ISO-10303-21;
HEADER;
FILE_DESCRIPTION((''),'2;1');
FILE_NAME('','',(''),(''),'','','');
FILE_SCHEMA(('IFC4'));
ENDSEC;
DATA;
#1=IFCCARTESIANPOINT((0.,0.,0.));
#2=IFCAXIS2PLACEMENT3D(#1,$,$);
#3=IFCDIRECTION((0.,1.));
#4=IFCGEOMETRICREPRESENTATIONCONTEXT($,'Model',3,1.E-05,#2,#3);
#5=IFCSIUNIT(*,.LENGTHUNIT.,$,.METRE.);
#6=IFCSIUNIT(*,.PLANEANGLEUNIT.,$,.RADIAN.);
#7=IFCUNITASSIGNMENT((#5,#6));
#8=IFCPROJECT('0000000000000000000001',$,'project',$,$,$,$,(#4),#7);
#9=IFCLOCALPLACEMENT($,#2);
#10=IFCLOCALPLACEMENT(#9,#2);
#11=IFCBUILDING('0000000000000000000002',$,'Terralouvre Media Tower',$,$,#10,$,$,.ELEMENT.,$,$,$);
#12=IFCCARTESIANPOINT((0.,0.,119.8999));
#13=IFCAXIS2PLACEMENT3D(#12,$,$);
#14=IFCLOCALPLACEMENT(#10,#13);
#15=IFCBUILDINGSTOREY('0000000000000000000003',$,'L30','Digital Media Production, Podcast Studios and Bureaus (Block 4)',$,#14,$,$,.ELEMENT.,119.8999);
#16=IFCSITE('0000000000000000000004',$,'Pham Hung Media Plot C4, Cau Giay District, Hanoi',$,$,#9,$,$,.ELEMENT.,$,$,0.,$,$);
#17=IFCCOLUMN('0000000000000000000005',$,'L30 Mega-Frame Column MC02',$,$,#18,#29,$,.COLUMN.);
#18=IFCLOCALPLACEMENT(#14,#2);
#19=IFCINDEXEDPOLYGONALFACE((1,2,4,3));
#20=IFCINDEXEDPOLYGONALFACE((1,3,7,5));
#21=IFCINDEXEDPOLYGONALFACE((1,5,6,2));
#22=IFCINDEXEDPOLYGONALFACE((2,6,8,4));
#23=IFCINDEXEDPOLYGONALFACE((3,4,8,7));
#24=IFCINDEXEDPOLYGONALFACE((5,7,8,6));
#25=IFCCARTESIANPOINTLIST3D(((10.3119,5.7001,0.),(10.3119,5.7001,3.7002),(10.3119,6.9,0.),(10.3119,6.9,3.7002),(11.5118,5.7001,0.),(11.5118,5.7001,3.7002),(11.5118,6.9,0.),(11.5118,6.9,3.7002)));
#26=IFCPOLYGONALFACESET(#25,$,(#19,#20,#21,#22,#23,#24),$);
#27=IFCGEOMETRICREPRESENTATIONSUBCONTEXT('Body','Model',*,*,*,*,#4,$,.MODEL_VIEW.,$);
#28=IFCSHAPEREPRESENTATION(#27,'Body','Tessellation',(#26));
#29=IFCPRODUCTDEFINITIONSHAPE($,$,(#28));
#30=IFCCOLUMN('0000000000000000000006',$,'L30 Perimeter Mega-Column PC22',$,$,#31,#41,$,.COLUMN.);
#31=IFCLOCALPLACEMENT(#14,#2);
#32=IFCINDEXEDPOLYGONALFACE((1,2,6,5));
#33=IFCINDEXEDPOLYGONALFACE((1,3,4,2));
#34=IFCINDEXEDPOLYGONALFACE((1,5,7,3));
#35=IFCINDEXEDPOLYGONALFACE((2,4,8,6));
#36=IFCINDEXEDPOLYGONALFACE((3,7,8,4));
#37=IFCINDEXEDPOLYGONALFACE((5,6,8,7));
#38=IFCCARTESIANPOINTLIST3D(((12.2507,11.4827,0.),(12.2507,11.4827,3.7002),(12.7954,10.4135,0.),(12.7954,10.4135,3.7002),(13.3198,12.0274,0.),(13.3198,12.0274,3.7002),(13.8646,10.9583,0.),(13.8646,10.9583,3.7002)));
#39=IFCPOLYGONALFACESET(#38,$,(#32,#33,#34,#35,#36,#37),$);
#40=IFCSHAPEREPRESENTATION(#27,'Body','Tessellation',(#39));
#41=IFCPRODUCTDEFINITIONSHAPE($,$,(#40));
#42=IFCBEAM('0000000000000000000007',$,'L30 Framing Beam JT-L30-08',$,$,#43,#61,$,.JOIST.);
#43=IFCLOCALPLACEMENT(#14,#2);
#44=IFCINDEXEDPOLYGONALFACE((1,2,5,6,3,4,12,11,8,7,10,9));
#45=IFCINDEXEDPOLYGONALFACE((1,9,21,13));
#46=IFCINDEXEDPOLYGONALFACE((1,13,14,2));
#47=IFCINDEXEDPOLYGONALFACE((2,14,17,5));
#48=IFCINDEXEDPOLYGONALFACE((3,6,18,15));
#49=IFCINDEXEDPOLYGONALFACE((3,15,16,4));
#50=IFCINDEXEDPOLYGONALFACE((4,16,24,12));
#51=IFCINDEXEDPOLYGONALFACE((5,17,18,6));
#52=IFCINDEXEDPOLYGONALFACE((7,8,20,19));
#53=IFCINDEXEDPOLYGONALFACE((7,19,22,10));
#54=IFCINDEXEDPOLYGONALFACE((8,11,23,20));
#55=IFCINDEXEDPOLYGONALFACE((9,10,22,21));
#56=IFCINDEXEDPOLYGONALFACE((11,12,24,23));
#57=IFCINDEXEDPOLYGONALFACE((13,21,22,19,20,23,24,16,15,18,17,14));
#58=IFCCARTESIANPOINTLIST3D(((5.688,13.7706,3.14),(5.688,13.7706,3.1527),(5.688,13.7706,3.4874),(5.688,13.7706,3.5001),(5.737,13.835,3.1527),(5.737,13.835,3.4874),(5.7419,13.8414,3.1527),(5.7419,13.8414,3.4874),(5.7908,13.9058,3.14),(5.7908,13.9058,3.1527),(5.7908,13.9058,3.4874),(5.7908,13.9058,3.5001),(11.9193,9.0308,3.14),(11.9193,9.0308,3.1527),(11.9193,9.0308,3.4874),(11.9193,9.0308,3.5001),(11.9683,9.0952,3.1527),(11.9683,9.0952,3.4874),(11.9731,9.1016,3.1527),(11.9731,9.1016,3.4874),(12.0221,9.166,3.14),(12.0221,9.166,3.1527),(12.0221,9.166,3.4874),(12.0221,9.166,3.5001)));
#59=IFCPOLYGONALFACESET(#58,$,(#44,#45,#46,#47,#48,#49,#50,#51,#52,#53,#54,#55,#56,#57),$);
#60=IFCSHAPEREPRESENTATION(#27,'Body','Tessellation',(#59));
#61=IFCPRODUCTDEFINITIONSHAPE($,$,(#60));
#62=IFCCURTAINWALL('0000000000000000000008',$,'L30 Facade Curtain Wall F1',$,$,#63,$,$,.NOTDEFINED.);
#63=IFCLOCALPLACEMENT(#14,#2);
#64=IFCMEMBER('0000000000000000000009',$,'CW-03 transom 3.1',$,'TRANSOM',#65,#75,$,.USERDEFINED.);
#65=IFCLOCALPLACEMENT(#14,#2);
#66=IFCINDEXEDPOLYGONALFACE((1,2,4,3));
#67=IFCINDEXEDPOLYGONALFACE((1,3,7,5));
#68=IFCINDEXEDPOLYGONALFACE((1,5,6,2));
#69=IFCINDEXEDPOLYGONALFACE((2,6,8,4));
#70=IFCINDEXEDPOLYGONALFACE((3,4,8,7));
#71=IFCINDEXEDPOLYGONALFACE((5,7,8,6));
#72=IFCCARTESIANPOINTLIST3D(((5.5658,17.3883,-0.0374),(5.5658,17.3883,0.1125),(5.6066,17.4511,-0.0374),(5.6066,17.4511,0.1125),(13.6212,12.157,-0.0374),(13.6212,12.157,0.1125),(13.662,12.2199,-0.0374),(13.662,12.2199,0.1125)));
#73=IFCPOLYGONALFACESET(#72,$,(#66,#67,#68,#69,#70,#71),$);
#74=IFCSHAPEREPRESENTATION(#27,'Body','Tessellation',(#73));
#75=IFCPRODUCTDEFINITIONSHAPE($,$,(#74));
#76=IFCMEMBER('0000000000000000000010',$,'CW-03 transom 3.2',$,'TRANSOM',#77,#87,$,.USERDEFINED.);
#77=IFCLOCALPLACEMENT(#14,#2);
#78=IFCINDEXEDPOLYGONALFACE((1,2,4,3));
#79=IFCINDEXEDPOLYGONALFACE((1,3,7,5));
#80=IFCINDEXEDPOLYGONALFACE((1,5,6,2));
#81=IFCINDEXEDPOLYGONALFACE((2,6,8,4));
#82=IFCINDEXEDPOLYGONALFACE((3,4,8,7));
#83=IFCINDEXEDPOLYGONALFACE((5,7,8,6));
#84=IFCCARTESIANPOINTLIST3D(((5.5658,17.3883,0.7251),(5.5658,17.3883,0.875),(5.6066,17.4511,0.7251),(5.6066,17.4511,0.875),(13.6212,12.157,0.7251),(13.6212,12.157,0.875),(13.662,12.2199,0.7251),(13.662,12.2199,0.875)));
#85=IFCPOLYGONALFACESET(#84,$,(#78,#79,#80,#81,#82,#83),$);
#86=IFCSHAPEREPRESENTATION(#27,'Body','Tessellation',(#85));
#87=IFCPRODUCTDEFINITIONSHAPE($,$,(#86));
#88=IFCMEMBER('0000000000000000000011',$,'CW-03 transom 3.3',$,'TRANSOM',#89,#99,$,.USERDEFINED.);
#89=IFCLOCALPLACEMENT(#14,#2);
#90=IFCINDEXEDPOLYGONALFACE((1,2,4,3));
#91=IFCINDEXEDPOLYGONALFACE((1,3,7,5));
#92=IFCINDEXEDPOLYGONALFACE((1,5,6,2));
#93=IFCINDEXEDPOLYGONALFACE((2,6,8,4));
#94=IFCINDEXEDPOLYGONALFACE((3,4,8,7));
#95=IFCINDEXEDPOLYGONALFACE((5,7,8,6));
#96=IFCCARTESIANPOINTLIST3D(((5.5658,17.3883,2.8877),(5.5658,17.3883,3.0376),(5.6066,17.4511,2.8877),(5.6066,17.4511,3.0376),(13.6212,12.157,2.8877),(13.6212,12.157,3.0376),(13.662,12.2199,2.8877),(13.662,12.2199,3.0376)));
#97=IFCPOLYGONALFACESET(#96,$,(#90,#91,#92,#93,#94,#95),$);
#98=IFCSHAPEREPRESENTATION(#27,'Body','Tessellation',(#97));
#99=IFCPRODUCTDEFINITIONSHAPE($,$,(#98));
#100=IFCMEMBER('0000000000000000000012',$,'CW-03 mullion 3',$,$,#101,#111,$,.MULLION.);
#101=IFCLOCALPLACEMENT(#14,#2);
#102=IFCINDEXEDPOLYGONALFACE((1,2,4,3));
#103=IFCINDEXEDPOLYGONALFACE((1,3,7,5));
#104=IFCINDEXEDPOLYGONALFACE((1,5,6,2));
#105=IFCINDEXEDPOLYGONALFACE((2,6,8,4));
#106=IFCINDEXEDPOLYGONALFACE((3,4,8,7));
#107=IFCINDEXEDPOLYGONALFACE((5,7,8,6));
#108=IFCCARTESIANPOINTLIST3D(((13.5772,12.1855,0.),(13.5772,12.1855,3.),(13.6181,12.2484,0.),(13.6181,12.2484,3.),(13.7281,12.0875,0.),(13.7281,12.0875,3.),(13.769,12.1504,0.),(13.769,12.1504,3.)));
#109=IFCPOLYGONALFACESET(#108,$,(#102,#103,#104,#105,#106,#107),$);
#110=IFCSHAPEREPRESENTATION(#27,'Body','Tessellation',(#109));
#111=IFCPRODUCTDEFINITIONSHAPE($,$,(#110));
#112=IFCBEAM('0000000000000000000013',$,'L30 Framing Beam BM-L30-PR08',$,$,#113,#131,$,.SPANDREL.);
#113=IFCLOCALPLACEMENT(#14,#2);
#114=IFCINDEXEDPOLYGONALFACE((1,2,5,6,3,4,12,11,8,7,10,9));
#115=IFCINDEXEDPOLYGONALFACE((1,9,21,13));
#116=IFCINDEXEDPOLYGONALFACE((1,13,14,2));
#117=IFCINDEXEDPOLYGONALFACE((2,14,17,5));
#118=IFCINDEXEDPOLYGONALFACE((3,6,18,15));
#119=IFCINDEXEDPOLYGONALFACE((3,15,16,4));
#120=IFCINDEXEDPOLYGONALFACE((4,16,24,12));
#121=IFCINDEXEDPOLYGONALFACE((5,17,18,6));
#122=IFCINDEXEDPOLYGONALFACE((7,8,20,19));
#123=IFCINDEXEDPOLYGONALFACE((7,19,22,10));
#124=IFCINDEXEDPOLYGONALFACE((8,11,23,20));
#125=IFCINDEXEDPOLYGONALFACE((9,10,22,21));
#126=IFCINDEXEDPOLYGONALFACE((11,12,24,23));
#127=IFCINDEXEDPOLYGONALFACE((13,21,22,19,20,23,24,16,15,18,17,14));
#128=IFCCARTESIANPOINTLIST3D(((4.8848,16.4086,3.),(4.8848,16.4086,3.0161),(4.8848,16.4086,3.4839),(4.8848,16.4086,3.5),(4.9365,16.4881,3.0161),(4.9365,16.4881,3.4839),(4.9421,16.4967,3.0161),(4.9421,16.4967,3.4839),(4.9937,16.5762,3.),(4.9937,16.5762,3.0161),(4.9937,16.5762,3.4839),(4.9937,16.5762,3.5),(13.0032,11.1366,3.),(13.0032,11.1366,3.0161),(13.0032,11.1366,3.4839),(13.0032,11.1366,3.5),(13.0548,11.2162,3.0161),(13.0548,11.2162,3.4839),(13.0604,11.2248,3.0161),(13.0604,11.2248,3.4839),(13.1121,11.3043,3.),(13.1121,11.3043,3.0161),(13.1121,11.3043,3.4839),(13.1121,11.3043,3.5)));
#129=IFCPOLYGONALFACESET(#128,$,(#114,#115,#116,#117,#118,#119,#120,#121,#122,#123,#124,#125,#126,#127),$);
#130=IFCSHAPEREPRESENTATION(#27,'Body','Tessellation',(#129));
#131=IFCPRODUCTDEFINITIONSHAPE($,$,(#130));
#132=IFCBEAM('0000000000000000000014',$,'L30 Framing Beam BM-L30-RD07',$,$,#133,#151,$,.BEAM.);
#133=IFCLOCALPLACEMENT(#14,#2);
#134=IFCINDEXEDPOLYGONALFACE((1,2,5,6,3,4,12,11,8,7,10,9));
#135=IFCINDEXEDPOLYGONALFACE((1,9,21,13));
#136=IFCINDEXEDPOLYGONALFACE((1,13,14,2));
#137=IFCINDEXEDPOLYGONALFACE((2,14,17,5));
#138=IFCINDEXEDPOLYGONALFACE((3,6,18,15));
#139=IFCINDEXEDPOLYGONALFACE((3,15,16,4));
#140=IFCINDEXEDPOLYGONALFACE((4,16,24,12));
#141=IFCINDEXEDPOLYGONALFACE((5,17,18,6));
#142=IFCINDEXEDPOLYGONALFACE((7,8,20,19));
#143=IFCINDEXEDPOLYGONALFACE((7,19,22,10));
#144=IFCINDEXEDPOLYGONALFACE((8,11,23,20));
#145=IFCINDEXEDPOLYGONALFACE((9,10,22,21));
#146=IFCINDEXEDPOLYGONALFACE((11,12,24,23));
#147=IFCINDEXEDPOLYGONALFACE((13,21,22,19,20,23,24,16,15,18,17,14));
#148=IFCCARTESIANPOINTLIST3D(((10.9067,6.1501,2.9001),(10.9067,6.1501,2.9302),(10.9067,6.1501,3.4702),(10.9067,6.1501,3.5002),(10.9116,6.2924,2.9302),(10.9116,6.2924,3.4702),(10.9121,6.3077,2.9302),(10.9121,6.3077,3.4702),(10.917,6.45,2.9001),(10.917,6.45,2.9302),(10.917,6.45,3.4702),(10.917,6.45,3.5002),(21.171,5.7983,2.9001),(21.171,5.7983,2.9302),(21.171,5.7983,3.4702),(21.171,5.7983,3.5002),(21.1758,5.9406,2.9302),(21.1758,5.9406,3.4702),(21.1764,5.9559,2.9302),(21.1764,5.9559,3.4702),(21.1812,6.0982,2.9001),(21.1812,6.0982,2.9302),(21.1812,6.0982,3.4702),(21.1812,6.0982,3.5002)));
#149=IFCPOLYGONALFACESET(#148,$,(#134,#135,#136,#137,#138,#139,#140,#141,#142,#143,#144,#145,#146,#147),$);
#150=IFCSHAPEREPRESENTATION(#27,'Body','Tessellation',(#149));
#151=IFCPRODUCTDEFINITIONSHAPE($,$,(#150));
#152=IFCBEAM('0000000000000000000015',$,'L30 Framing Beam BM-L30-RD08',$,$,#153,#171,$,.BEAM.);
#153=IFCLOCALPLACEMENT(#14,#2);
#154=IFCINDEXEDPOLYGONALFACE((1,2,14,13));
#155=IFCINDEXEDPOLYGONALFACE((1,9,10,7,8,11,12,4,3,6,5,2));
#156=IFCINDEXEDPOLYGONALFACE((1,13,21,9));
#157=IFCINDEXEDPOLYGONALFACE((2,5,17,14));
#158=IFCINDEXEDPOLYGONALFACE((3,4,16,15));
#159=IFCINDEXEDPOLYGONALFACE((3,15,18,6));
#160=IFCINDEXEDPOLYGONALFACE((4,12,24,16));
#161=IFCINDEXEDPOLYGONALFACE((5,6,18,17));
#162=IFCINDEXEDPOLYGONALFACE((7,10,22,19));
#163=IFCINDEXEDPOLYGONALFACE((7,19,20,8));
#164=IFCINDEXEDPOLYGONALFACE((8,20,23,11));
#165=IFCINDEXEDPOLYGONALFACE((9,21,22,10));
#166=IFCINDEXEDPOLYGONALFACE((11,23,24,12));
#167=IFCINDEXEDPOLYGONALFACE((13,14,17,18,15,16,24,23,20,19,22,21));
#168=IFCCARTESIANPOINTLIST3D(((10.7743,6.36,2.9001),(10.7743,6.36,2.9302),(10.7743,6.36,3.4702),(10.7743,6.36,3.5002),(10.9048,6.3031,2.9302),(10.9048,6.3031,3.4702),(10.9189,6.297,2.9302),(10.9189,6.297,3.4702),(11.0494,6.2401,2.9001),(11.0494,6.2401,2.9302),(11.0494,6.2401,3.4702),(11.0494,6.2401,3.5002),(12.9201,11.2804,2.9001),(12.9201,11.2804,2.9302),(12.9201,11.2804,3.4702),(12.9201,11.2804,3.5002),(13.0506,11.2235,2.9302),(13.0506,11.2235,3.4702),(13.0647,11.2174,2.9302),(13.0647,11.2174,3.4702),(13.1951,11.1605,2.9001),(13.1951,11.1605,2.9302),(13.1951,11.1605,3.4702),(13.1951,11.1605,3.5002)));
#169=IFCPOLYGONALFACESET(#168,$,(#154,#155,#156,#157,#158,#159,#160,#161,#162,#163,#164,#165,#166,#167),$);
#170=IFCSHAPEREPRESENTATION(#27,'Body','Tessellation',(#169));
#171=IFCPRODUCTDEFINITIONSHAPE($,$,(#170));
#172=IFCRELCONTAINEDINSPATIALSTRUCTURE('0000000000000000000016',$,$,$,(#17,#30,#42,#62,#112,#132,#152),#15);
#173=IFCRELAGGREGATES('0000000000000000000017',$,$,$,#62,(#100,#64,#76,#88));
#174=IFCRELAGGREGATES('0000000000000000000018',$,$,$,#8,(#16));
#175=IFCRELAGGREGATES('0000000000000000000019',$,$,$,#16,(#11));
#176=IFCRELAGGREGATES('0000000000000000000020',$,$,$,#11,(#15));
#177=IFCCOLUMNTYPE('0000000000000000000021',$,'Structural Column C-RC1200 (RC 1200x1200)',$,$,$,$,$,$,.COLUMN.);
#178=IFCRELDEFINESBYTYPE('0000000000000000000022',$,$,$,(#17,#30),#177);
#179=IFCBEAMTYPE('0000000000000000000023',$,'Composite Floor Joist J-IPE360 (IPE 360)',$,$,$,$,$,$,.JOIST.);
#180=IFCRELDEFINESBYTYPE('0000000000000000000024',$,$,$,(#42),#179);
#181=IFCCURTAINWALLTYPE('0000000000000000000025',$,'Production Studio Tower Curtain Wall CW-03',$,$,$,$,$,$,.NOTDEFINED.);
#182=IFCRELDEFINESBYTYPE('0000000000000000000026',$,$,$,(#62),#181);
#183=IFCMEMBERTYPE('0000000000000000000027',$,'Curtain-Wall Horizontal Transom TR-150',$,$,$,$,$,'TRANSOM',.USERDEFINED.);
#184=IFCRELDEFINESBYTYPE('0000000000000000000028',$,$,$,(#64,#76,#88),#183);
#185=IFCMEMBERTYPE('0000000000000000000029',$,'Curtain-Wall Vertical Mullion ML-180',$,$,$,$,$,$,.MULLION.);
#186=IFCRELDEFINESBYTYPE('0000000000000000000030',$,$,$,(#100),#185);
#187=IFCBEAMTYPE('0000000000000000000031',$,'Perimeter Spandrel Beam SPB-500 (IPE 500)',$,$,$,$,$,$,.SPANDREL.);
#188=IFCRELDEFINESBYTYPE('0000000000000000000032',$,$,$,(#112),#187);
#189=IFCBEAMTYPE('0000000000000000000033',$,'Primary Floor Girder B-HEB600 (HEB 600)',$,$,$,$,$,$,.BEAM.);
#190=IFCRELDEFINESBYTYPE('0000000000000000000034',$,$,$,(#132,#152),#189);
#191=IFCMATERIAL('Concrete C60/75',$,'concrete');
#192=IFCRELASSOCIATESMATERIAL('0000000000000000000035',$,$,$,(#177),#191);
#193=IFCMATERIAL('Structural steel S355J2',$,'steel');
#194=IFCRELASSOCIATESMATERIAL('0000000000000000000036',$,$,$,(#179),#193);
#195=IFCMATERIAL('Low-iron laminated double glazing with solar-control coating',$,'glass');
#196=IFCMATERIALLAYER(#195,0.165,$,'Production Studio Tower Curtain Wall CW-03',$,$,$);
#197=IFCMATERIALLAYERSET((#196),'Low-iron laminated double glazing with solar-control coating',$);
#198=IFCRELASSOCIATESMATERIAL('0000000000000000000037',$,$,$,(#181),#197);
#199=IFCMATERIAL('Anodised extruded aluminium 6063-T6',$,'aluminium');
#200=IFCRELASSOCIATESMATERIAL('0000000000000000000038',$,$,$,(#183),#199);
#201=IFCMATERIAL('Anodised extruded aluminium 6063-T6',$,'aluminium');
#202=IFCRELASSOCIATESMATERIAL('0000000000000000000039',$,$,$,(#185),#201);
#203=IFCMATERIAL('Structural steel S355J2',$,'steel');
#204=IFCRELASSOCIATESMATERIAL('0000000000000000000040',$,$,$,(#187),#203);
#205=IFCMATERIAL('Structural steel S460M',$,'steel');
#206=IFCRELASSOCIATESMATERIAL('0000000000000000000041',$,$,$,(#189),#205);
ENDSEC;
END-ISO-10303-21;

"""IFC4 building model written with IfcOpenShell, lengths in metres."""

from ifc_helpers import new_model, si_unit, direction, frame, origin, origin_2d, place, context, subcontext, project, spatial, rectangle, i_section, extrude, material, layer, layer_set, material_profile, profile_set, type_object, element, aggregate, save


model = new_model("IFC4")

# Units and contexts
model_context = context("Model", 3, precision=1e-05, world=origin(), true_north=direction((0.0, 1.0)))
body_context = subcontext(model_context, "Body", "Model", "MODEL_VIEW")
ifc_project = project(units=[si_unit("LENGTHUNIT", "METRE"), si_unit("PLANEANGLEUNIT", "RADIAN")], contexts=[model_context])

# Site, building, storey
site_placement = place(None, origin())
site = spatial("IfcSite", under=ifc_project, at=site_placement, Name="Pham Hung Media Plot C4, Cau Giay District, Hanoi", CompositionType="ELEMENT", RefElevation=0.0)
building_placement = place(site_placement, origin())
building = spatial("IfcBuilding", under=site, at=building_placement, Name="Terralouvre Media Tower", CompositionType="ELEMENT")
storey_placement = place(building_placement, frame((0.0, 0.0, 119.8999)))
storey = spatial("IfcBuildingStorey", under=building, at=storey_placement, Name="L30", Description="Digital Media Production, Podcast Studios and Bureaus (Block 4)", CompositionType="ELEMENT", Elevation=119.8999)

# Columns
ifc_material_1 = material(Name="Concrete C60/75", Category="concrete")
ifc_material_profile_1 = material_profile(ifc_material_1, rectangle(XDim=1.2, YDim=1.2, at=origin_2d()), Name="RC 1200x1200")
ifc_profile_set_1 = profile_set([ifc_material_profile_1], Name="Concrete C60/75")
column_type = type_object("IfcColumnType", Name="Structural Column C-RC1200 (RC 1200x1200)", PredefinedType="COLUMN", material=ifc_profile_set_1)
for number, where, z_axis, x_axis, name in (
    (1, (10.9119, 6.3, 0.0), (0.0, 0.0, 1.0), (1.0, 0.0, 0.0), "L30 Mega-Frame Column MC02"),
    (2, (13.0576, 11.2205, 0.0), (0.0, 0.0, 1.0), (0.891007, 0.45399, 0.0), "L30 Perimeter Mega-Column PC22"),
):
    element("IfcColumn", number, at=place(storey_placement, frame(where, z_axis=z_axis, x_axis=x_axis)), inside=storey, type_object=column_type, Name=name, PredefinedType="COLUMN", context=body_context, shape_type="SweptSolid", body=[
        extrude(rectangle(XDim=1.2, YDim=1.2, at=origin_2d()), origin(), (0.0, 0.0, 1.0), 3.7002),
    ])

# Beam
ifc_material_2 = material(Name="Structural steel S355J2", Category="steel")
ifc_material_profile_2 = material_profile(ifc_material_2, i_section(OverallWidth=0.1699, OverallDepth=0.3601, WebThickness=0.0081, FlangeThickness=0.0127, at=origin_2d()), Name="IPE 360")
ifc_profile_set_2 = profile_set([ifc_material_profile_2], Name="Structural steel S355J2")
beam_type_1 = type_object("IfcBeamType", Name="Composite Floor Joist J-IPE360 (IPE 360)", PredefinedType="JOIST", material=ifc_profile_set_2)
beam_1_placement = place(storey_placement, frame((11.9707, 9.0984, 3.3201), z_axis=(-0.795914, 0.60541, 0.0), x_axis=(-0.60541, -0.795914, 0.0)))
element("IfcBeam", 3, at=beam_1_placement, inside=storey, type_object=beam_type_1, Name="L30 Framing Beam JT-L30-08", PredefinedType="JOIST", context=body_context, shape_type="SweptSolid", body=[
    extrude(i_section(OverallWidth=0.1699, OverallDepth=0.3601, WebThickness=0.0081, FlangeThickness=0.0127, at=origin_2d()), origin(), (0.0, 0.0, 1.0), 7.8291),
])

# Curtain wall, members
ifc_material_3 = material(Name="Low-iron laminated double glazing with solar-control coating", Category="glass")
ifc_layer_1 = layer(ifc_material_3, 0.165, Name="Production Studio Tower Curtain Wall CW-03")
ifc_layer_set_1 = layer_set([ifc_layer_1], Name="Low-iron laminated double glazing with solar-control coating")
curtain_wall_type = type_object("IfcCurtainWallType", Name="Production Studio Tower Curtain Wall CW-03", PredefinedType="NOTDEFINED", material=ifc_layer_set_1)
curtain_wall_placement = place(storey_placement, origin())
curtain_wall = element("IfcCurtainWall", 4, at=curtain_wall_placement, inside=storey, type_object=curtain_wall_type, Name="L30 Facade Curtain Wall F1", PredefinedType="NOTDEFINED")
ifc_material_4 = material(Name="Anodised extruded aluminium 6063-T6", Category="aluminium")
ifc_material_profile_3 = material_profile(ifc_material_4, rectangle(XDim=0.075, YDim=0.1499, at=origin_2d()), Name="ALU 75x150")
ifc_profile_set_3 = profile_set([ifc_material_profile_3], Name="Anodised extruded aluminium 6063-T6")
member_type_1 = type_object("IfcMemberType", Name="Curtain-Wall Horizontal Transom TR-150", ElementType="TRANSOM", PredefinedType="USERDEFINED", material=ifc_profile_set_3)
member_1_placement = place(storey_placement, frame((13.6416, 12.1885, 0.0376), z_axis=(-0.838673, 0.544635, 0.0), x_axis=(-0.544635, -0.838673, 0.0)))
member_1 = element("IfcMember", 5, at=member_1_placement, type_object=member_type_1, Name="CW-03 transom 3.1", ObjectType="TRANSOM", PredefinedType="USERDEFINED", context=body_context, shape_type="SweptSolid", body=[
    extrude(rectangle(XDim=0.075, YDim=0.1499, at=origin_2d()), origin(), (0.0, 0.0, 1.0), 9.605),
])
member_2_placement = place(storey_placement, frame((13.6416, 12.1885, 0.8), z_axis=(-0.838673, 0.544635, 0.0), x_axis=(-0.544635, -0.838673, 0.0)))
member_2 = element("IfcMember", 6, at=member_2_placement, type_object=member_type_1, Name="CW-03 transom 3.2", ObjectType="TRANSOM", PredefinedType="USERDEFINED", context=body_context, shape_type="SweptSolid", body=[
    extrude(rectangle(XDim=0.075, YDim=0.1499, at=origin_2d()), origin(), (0.0, 0.0, 1.0), 9.605),
])
member_3_placement = place(storey_placement, frame((13.6416, 12.1885, 2.9626), z_axis=(-0.838673, 0.544635, 0.0), x_axis=(-0.544635, -0.838673, 0.0)))
member_3 = element("IfcMember", 7, at=member_3_placement, type_object=member_type_1, Name="CW-03 transom 3.3", ObjectType="TRANSOM", PredefinedType="USERDEFINED", context=body_context, shape_type="SweptSolid", body=[
    extrude(rectangle(XDim=0.075, YDim=0.1499, at=origin_2d()), origin(), (0.0, 0.0, 1.0), 9.605),
])
ifc_material_5 = material(Name="Anodised extruded aluminium 6063-T6", Category="aluminium")
ifc_material_profile_4 = material_profile(ifc_material_5, rectangle(XDim=0.075, YDim=0.1799, at=origin_2d()), Name="ALU 75x180")
ifc_profile_set_4 = profile_set([ifc_material_profile_4], Name="Anodised extruded aluminium 6063-T6")
member_type_2 = type_object("IfcMemberType", Name="Curtain-Wall Vertical Mullion ML-180", PredefinedType="MULLION", material=ifc_profile_set_4)
member_4_placement = place(storey_placement, frame((13.6731, 12.168, 0.0), z_axis=(0.0, 0.0, 1.0), x_axis=(-0.544639, -0.838671, 0.0)))
member_4 = element("IfcMember", 8, at=member_4_placement, type_object=member_type_2, Name="CW-03 mullion 3", PredefinedType="MULLION", context=body_context, shape_type="SweptSolid", body=[
    extrude(rectangle(XDim=0.075, YDim=0.1799, at=origin_2d()), origin(), (0.0, 0.0, 1.0), 3.0),
])
aggregate(curtain_wall, [member_4, member_1, member_2, member_3])

# Beams
ifc_material_6 = material(Name="Structural steel S355J2", Category="steel")
ifc_material_profile_5 = material_profile(ifc_material_6, i_section(OverallWidth=0.2, OverallDepth=0.5, WebThickness=0.0103, FlangeThickness=0.0161, at=origin_2d()), Name="IPE 500")
ifc_profile_set_5 = profile_set([ifc_material_profile_5], Name="Structural steel S355J2")
beam_type_2 = type_object("IfcBeamType", Name="Perimeter Spandrel Beam SPB-500 (IPE 500)", PredefinedType="SPANDREL", material=ifc_profile_set_5)
beam_2_placement = place(storey_placement, frame((13.0576, 11.2205, 3.25), z_axis=(-0.838679, 0.544626, 0.0), x_axis=(-0.544626, -0.838679, 0.0)))
element("IfcBeam", 9, at=beam_2_placement, inside=storey, type_object=beam_type_2, Name="L30 Framing Beam BM-L30-PR08", PredefinedType="SPANDREL", context=body_context, shape_type="SweptSolid", body=[
    extrude(i_section(OverallWidth=0.2, OverallDepth=0.5, WebThickness=0.0103, FlangeThickness=0.0161, at=origin_2d()), origin(), (0.0, 0.0, 1.0), 9.6799),
])
ifc_material_7 = material(Name="Structural steel S460M", Category="steel")
ifc_material_profile_6 = material_profile(ifc_material_7, i_section(OverallWidth=0.3, OverallDepth=0.6001, WebThickness=0.0154, FlangeThickness=0.03, at=origin_2d()), Name="HEB 600")
ifc_profile_set_6 = profile_set([ifc_material_profile_6], Name="Structural steel S460M")
beam_type_3 = type_object("IfcBeamType", Name="Primary Floor Girder B-HEB600 (HEB 600)", PredefinedType="BEAM", material=ifc_profile_set_6)
beam_3_placement = place(storey_placement, frame((10.9119, 6.3, 3.2002), z_axis=(0.999413, -0.034255, 0.0), x_axis=(0.034255, 0.999413, 0.0)))
element("IfcBeam", 10, at=beam_3_placement, inside=storey, type_object=beam_type_3, Name="L30 Framing Beam BM-L30-RD07", PredefinedType="BEAM", context=body_context, shape_type="SweptSolid", body=[
    extrude(i_section(OverallWidth=0.3, OverallDepth=0.6001, WebThickness=0.0154, FlangeThickness=0.03, at=origin_2d()), origin(), (0.0, 0.0, 1.0), 10.2703),
])
beam_4_placement = place(storey_placement, frame((10.9119, 6.3, 3.2002), z_axis=(0.399735, 0.916631, 0.0), x_axis=(-0.916631, 0.399735, 0.0)))
element("IfcBeam", 11, at=beam_4_placement, inside=storey, type_object=beam_type_3, Name="L30 Framing Beam BM-L30-RD08", PredefinedType="BEAM", context=body_context, shape_type="SweptSolid", body=[
    extrude(i_section(OverallWidth=0.3, OverallDepth=0.6001, WebThickness=0.0154, FlangeThickness=0.03, at=origin_2d()), origin(), (0.0, 0.0, 1.0), 5.3679),
])

save(model, "model.ifc")
